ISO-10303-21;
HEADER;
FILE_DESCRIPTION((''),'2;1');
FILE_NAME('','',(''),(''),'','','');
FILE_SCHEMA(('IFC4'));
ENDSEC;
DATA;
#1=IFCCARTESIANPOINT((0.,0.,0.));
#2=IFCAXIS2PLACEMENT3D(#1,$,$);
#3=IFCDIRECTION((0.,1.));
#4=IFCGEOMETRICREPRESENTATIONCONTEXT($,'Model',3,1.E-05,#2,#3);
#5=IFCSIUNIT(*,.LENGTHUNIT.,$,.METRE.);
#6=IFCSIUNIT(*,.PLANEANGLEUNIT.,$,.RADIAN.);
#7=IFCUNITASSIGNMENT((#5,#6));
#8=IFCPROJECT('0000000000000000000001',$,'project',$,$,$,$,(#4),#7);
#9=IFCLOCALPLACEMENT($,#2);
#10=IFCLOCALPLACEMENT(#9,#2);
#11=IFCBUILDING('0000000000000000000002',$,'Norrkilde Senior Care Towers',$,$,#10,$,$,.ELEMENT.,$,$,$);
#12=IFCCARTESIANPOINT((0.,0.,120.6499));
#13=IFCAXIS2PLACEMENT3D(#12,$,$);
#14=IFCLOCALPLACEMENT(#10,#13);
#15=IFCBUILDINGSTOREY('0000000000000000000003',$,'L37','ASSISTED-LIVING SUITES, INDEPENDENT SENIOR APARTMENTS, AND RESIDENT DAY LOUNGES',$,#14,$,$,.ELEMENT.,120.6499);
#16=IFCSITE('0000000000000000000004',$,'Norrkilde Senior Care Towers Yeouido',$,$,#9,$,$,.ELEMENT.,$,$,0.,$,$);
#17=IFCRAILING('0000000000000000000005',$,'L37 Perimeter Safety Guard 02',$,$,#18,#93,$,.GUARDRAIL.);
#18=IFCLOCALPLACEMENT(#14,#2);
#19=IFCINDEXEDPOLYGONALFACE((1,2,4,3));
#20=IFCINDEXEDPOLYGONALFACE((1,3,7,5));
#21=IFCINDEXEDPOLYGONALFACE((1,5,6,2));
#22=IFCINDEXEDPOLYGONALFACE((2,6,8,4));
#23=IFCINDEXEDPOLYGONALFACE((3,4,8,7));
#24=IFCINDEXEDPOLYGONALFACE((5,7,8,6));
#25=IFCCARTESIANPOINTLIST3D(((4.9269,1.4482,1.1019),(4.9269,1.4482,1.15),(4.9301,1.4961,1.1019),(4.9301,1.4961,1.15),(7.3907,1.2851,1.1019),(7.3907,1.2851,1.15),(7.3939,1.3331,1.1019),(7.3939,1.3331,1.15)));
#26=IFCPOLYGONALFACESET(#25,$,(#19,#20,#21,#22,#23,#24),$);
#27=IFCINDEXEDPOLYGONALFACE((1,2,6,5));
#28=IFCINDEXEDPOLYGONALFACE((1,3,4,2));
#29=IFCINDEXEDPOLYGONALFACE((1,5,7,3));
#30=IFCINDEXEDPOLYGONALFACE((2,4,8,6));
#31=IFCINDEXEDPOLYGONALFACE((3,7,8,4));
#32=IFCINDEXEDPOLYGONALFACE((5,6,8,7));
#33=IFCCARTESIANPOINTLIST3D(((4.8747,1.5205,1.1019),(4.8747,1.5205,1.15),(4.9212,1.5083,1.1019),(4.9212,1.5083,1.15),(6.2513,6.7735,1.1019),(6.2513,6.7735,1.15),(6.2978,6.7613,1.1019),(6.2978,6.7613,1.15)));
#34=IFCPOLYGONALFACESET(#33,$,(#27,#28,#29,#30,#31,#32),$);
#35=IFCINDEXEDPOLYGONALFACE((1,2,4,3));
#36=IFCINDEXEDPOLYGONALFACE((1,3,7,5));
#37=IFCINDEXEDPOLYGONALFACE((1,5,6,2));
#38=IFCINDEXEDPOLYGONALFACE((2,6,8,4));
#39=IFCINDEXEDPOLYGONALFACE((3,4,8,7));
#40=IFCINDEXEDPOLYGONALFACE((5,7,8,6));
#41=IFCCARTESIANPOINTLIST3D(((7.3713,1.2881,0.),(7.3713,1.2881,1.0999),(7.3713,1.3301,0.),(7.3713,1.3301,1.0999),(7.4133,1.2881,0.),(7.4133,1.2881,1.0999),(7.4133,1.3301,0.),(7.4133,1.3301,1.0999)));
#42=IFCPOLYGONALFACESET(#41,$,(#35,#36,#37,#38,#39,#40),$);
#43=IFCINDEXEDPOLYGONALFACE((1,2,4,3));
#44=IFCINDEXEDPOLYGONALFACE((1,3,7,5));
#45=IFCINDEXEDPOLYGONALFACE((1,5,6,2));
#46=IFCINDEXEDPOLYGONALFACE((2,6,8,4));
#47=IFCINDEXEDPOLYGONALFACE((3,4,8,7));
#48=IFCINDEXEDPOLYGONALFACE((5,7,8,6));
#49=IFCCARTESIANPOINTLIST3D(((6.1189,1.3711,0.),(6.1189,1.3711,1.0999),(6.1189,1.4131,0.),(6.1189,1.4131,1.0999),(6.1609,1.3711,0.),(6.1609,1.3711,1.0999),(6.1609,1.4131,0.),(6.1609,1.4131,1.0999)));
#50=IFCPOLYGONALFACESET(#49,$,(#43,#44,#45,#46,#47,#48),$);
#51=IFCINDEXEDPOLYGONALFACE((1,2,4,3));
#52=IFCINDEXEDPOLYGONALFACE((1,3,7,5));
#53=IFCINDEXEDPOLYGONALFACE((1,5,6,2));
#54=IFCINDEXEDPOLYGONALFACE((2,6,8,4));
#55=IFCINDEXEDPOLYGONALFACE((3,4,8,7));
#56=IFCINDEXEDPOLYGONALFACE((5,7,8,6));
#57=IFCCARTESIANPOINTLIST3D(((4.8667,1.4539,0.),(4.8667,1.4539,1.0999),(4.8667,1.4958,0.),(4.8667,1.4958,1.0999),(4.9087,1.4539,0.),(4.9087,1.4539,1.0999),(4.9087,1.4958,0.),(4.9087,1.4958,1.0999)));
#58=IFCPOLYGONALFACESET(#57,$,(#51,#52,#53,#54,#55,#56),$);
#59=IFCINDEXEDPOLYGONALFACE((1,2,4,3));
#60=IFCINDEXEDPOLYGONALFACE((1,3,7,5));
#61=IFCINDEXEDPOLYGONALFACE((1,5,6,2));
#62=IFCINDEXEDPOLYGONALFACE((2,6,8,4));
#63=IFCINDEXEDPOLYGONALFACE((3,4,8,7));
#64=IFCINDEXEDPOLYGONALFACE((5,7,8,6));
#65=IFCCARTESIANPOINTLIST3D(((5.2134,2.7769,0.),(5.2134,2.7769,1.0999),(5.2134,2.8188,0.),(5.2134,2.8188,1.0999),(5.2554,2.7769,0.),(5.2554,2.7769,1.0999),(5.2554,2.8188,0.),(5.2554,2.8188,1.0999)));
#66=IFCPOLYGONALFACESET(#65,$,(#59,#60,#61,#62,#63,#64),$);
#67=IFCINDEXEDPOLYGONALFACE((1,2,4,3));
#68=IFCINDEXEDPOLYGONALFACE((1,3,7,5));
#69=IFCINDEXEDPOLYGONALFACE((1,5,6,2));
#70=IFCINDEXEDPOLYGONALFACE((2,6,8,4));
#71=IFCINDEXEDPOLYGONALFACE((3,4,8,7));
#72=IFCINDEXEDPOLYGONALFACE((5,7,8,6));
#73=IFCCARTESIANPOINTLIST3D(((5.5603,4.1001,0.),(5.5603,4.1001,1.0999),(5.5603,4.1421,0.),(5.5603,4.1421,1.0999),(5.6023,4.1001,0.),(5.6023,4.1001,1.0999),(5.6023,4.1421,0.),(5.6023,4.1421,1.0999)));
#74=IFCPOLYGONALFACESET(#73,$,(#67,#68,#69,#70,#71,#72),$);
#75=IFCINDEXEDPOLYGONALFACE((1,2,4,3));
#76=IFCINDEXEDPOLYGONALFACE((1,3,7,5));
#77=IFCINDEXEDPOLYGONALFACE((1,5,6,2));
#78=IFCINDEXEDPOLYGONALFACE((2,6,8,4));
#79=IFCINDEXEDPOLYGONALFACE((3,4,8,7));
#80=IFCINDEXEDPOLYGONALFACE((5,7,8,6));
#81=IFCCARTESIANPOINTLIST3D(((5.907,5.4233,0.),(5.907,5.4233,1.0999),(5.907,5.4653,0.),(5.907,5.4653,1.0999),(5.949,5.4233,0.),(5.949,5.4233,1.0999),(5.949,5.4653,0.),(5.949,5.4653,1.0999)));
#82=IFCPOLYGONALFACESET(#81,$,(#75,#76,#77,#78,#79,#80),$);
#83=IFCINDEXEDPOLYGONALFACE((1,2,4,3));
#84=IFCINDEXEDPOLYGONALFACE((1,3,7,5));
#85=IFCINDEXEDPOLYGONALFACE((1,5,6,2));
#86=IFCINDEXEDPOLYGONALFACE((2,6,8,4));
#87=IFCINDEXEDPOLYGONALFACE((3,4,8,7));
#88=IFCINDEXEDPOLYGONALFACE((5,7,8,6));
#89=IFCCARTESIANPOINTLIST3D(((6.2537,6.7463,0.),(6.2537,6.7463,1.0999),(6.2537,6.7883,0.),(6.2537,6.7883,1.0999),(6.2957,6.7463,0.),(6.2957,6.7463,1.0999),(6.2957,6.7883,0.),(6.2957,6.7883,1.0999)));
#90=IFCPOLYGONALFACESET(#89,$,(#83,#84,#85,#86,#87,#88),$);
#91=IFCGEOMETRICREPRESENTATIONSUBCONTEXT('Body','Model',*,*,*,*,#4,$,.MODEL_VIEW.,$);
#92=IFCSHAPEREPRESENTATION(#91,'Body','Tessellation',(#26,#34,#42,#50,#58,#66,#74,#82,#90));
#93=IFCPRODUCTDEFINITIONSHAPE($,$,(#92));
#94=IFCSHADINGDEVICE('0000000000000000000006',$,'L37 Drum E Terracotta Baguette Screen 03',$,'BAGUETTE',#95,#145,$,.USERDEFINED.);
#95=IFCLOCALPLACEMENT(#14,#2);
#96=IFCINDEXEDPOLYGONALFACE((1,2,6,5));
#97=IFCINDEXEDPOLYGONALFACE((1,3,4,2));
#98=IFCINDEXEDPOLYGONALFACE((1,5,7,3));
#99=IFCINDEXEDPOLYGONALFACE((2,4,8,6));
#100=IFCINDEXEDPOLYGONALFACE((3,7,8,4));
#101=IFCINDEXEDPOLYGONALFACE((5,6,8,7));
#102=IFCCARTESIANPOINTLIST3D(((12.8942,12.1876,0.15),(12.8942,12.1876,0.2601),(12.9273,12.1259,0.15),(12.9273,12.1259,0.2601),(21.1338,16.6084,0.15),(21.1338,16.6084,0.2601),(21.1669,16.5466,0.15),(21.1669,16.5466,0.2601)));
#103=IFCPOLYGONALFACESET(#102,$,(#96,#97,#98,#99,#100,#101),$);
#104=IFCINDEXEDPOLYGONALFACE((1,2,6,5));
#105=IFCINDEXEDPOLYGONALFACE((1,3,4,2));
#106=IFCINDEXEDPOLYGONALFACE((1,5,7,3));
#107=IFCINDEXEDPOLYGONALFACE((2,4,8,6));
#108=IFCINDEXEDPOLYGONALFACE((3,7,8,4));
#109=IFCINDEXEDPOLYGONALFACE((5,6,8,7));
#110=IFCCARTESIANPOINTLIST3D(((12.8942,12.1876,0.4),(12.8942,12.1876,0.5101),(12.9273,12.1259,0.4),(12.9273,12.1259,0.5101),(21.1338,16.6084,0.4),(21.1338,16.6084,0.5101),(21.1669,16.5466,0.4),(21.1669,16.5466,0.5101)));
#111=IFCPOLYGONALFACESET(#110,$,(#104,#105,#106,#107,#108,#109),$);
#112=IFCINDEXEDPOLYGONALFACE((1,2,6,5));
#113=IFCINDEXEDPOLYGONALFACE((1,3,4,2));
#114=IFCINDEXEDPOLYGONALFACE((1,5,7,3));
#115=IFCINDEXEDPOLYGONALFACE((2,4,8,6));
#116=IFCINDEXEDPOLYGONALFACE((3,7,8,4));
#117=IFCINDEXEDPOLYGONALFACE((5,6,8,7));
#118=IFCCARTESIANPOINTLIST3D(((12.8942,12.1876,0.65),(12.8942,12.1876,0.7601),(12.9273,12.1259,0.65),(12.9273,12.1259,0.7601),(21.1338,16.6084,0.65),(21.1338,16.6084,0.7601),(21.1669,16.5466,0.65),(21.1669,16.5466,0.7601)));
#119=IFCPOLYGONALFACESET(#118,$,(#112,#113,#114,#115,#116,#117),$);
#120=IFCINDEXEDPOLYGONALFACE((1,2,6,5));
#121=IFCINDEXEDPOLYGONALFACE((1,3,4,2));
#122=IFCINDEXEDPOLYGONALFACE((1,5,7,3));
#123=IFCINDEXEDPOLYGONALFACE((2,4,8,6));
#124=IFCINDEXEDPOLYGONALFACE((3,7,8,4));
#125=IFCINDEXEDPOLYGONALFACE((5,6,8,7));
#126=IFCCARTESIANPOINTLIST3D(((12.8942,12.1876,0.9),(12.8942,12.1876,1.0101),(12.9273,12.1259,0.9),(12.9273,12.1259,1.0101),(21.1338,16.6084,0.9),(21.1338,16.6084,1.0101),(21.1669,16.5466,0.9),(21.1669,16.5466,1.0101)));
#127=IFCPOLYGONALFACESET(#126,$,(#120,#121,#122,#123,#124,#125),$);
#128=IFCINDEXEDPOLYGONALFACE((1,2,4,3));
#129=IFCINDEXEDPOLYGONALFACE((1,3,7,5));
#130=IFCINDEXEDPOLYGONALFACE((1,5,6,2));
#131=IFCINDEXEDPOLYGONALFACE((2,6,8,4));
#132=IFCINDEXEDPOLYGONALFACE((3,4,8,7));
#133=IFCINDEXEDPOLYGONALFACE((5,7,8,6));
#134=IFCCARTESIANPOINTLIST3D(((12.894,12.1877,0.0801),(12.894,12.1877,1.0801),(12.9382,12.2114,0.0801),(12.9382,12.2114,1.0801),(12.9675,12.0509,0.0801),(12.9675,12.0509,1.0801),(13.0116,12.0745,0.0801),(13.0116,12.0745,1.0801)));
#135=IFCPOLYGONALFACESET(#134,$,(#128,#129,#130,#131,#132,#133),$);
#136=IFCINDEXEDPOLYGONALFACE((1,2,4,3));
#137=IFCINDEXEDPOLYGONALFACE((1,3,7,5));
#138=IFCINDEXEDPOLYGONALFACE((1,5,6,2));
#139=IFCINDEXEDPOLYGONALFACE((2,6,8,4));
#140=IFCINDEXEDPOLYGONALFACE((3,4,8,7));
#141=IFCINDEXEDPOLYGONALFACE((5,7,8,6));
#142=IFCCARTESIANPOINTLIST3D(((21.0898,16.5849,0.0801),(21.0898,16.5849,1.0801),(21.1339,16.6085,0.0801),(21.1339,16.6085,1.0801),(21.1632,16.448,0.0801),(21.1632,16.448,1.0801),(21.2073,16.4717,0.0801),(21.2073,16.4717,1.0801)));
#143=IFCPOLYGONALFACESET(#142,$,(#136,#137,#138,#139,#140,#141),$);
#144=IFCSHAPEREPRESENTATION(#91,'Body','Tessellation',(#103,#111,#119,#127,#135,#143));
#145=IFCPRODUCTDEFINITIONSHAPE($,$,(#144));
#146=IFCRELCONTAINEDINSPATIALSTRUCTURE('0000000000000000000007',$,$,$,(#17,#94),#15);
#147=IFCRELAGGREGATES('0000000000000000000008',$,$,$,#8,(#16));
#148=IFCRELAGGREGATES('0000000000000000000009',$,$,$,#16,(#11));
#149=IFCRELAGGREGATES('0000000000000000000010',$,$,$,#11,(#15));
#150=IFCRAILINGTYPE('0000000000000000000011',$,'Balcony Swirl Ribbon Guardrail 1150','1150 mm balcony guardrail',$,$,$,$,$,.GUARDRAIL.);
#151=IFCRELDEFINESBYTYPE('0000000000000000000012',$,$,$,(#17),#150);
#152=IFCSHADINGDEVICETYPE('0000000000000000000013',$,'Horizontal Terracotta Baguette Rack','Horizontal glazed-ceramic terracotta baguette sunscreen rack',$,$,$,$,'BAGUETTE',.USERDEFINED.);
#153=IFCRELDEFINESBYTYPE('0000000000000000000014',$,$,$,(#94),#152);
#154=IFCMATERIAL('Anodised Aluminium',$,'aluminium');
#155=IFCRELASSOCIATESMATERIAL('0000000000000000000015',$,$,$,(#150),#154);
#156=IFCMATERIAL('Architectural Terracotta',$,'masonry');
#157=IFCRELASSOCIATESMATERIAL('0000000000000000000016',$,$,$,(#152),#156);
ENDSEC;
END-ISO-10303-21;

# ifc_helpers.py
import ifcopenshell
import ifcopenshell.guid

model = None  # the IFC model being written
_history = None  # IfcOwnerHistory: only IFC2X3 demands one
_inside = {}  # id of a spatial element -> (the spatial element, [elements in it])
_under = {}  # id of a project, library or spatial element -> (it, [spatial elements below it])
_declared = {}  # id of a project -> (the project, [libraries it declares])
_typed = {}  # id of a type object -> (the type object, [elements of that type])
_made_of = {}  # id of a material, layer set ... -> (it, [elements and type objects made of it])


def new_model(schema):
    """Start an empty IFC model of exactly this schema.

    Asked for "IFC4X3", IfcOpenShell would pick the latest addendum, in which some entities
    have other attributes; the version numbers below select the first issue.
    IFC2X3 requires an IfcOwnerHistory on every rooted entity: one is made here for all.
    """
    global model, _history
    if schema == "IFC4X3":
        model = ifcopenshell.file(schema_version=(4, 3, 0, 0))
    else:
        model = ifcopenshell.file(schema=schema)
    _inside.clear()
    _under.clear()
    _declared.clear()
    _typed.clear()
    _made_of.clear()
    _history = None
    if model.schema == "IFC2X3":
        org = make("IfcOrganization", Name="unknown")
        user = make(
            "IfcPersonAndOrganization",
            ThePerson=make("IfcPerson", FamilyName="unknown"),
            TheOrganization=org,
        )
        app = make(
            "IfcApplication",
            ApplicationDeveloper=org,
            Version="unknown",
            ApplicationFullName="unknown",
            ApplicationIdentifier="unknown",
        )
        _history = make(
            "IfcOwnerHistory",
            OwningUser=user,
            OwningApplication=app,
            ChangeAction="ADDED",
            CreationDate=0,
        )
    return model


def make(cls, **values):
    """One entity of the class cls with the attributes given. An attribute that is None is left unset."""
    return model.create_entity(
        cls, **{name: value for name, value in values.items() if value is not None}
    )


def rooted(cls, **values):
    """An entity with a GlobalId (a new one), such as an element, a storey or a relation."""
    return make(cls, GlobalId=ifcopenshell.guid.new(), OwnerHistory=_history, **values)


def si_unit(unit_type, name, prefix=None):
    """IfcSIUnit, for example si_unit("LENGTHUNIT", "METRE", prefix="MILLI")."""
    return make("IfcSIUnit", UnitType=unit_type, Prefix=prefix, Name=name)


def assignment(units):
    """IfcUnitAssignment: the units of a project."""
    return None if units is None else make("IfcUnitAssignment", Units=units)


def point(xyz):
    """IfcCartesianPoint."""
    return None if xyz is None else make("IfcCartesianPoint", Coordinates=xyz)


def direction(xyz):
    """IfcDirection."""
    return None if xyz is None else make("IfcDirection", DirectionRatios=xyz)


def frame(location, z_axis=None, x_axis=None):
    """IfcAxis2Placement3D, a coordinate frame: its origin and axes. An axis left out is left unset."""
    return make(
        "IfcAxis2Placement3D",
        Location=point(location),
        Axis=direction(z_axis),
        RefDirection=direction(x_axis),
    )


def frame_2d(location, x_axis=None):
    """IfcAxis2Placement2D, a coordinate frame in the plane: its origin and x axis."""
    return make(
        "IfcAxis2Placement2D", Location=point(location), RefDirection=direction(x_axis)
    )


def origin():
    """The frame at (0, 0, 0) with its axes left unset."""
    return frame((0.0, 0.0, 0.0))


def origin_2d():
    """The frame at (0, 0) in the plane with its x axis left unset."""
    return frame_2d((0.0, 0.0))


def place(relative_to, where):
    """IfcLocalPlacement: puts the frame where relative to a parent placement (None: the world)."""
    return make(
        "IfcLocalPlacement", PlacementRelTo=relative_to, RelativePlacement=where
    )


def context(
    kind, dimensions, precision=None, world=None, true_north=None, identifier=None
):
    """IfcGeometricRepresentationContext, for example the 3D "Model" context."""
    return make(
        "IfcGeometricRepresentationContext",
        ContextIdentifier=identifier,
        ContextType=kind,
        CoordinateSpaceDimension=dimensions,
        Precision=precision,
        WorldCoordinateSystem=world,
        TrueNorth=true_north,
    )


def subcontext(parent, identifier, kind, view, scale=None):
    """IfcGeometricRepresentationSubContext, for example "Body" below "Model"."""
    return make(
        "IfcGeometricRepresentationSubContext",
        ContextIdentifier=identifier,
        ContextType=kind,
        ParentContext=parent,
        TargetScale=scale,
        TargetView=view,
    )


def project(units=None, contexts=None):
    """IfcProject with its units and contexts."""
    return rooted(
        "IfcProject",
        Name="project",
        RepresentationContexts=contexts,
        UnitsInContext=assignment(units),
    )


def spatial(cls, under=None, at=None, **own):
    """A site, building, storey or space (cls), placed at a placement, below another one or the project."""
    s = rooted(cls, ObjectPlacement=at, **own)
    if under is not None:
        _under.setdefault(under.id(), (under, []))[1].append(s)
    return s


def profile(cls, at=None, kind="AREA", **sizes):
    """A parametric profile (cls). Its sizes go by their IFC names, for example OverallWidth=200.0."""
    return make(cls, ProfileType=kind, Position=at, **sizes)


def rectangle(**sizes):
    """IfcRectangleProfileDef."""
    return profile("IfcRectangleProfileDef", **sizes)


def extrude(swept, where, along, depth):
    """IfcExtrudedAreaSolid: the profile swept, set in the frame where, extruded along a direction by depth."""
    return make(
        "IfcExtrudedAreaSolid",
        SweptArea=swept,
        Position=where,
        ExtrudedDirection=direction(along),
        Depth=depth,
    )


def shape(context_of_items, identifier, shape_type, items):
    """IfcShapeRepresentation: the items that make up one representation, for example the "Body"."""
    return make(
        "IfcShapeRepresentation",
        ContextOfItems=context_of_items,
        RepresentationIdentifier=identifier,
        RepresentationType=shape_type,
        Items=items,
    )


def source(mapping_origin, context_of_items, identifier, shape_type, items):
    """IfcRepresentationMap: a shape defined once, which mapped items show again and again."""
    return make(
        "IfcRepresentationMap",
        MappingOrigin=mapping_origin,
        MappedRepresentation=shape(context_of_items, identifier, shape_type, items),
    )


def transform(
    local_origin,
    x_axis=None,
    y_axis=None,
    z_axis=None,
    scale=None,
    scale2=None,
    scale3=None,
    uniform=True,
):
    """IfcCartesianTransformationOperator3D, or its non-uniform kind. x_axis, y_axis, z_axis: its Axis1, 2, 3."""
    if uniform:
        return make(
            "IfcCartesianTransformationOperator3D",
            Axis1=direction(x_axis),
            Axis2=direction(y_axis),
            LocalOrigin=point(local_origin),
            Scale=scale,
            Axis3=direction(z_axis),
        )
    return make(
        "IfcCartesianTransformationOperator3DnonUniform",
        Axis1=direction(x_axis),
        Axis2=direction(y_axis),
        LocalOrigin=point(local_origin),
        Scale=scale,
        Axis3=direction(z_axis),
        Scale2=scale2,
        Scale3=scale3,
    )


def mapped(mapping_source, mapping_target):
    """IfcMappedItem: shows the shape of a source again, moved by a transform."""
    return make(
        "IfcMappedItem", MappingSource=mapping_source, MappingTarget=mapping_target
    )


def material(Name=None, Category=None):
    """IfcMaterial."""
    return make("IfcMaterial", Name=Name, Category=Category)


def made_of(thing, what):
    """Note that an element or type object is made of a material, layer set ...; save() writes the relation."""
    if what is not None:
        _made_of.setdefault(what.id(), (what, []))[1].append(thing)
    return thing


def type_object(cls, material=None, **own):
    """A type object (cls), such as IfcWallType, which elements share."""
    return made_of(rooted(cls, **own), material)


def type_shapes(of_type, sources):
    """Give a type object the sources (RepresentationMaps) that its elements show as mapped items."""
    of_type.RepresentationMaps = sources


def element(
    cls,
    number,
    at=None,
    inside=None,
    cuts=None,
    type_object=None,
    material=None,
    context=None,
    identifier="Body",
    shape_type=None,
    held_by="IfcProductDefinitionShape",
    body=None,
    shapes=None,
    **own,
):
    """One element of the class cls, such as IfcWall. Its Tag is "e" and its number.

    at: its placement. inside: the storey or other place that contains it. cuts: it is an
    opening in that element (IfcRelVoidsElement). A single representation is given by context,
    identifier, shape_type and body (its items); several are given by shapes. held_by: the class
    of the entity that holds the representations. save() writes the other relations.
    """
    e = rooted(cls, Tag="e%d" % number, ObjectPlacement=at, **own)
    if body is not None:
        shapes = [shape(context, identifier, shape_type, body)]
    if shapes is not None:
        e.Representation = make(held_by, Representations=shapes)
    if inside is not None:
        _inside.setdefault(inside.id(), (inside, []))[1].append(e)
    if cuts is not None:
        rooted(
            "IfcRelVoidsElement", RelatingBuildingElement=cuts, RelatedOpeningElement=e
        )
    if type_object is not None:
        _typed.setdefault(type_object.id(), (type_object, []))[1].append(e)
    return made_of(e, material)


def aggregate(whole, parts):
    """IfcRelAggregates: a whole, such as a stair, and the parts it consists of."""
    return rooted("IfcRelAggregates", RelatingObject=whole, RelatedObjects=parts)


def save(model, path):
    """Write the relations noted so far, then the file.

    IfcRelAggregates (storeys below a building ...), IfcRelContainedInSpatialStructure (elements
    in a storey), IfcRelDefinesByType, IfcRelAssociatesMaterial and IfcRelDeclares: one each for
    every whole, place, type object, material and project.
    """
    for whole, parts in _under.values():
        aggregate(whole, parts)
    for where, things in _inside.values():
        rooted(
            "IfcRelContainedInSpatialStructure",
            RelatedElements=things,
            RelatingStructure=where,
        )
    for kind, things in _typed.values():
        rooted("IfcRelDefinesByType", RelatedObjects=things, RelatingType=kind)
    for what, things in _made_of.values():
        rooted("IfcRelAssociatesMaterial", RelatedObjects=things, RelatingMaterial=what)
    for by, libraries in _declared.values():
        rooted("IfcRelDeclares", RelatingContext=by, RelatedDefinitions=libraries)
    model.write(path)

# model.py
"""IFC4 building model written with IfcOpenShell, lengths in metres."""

from ifc_helpers import new_model, si_unit, direction, frame, origin, origin_2d, place, context, subcontext, project, spatial, rectangle, extrude, source, transform, mapped, material, type_object, type_shapes, element, save


model = new_model("IFC4")

# Units and contexts
model_context = context("Model", 3, precision=1e-05, world=origin(), true_north=direction((0.0, 1.0)))
body_context = subcontext(model_context, "Body", "Model", "MODEL_VIEW")
ifc_project = project(units=[si_unit("LENGTHUNIT", "METRE"), si_unit("PLANEANGLEUNIT", "RADIAN")], contexts=[model_context])

# Site, building, storey
site_placement = place(None, origin())
site = spatial("IfcSite", under=ifc_project, at=site_placement, Name="Norrkilde Senior Care Towers Yeouido", CompositionType="ELEMENT", RefElevation=0.0)
building_placement = place(site_placement, origin())
building = spatial("IfcBuilding", under=site, at=building_placement, Name="Norrkilde Senior Care Towers", CompositionType="ELEMENT")
storey_placement = place(building_placement, frame((0.0, 0.0, 120.6499)))
storey = spatial("IfcBuildingStorey", under=building, at=storey_placement, Name="L37", Description="ASSISTED-LIVING SUITES, INDEPENDENT SENIOR APARTMENTS, AND RESIDENT DAY LOUNGES", CompositionType="ELEMENT", Elevation=120.6499)

# Shared definitions
ifc_material_1 = material(Name="Anodised Aluminium", Category="aluminium")

# Railing
railing_type = type_object("IfcRailingType", Name="Balcony Swirl Ribbon Guardrail 1150", Description="1150 mm balcony guardrail", PredefinedType="GUARDRAIL", material=ifc_material_1)
railing_1_placement = place(storey_placement, frame((7.3923, 1.3091, 0.0)))
element("IfcRailing", 1, at=railing_1_placement, inside=storey, type_object=railing_type, Name="L37 Perimeter Safety Guard 02", PredefinedType="GUARDRAIL", context=body_context, shape_type="SweptSolid", body=[
    extrude(rectangle(XDim=0.0481, YDim=0.0481, at=origin_2d()), frame((0.0, 0.0, 1.126), z_axis=(-0.997817, 0.066041, 0.0), x_axis=(-0.066041, -0.997817, 0.0)), (0.0, 0.0, 1.0), 2.4692),
    extrude(rectangle(XDim=0.0481, YDim=0.0481, at=origin_2d()), frame((-2.4944, 0.2053, 1.126), z_axis=(0.253503, 0.967335, 0.0), x_axis=(-0.967335, 0.253503, 0.0)), (0.0, 0.0, 1.0), 5.4304),
    extrude(rectangle(XDim=0.042, YDim=0.042, at=origin_2d()), origin(), (0.0, 0.0, 1.0), 1.0999),
    extrude(rectangle(XDim=0.042, YDim=0.042, at=origin_2d()), frame((-1.2524, 0.083, 0.0)), (0.0, 0.0, 1.0), 1.0999),
    extrude(rectangle(XDim=0.042, YDim=0.042, at=origin_2d()), frame((-2.5046, 0.1658, 0.0)), (0.0, 0.0, 1.0), 1.0999),
    extrude(rectangle(XDim=0.042, YDim=0.042, at=origin_2d()), frame((-2.158, 1.4888, 0.0)), (0.0, 0.0, 1.0), 1.0999),
    extrude(rectangle(XDim=0.042, YDim=0.042, at=origin_2d()), frame((-1.811, 2.812, 0.0)), (0.0, 0.0, 1.0), 1.0999),
    extrude(rectangle(XDim=0.042, YDim=0.042, at=origin_2d()), frame((-1.4644, 4.1353, 0.0)), (0.0, 0.0, 1.0), 1.0999),
    extrude(rectangle(XDim=0.042, YDim=0.042, at=origin_2d()), frame((-1.1177, 5.4583, 0.0)), (0.0, 0.0, 1.0), 1.0999),
])

# Shading device
ifc_material_2 = material(Name="Architectural Terracotta", Category="masonry")
shading_device_type = type_object("IfcShadingDeviceType", Name="Horizontal Terracotta Baguette Rack", Description="Horizontal glazed-ceramic terracotta baguette sunscreen rack", ElementType="BAGUETTE", PredefinedType="USERDEFINED", material=ifc_material_2)
shared_shape_1 = source(origin(), body_context, "Body", "SweptSolid", [
    extrude(rectangle(XDim=0.0701, YDim=0.1101, at=origin_2d()), frame((0.0, 0.0901, 0.125), z_axis=(1.0, 0.0, 0.0), x_axis=(0.0, 1.0, 0.0)), (0.0, 0.0, 1.0), 9.3506),
    extrude(rectangle(XDim=0.0701, YDim=0.1101, at=origin_2d()), frame((0.0, 0.0901, 0.375), z_axis=(1.0, 0.0, 0.0), x_axis=(0.0, 1.0, 0.0)), (0.0, 0.0, 1.0), 9.3506),
    extrude(rectangle(XDim=0.0701, YDim=0.1101, at=origin_2d()), frame((0.0, 0.0901, 0.625), z_axis=(1.0, 0.0, 0.0), x_axis=(0.0, 1.0, 0.0)), (0.0, 0.0, 1.0), 9.3506),
    extrude(rectangle(XDim=0.0701, YDim=0.1101, at=origin_2d()), frame((0.0, 0.0901, 0.875), z_axis=(1.0, 0.0, 0.0), x_axis=(0.0, 1.0, 0.0)), (0.0, 0.0, 1.0), 9.3506),
    extrude(rectangle(XDim=0.05, YDim=0.1553, at=origin_2d()), frame((0.0249, 0.0476, 0.0)), (0.0, 0.0, 1.0), 1.0),
    extrude(rectangle(XDim=0.05, YDim=0.1553, at=origin_2d()), frame((9.3257, 0.0476, 0.0)), (0.0, 0.0, 1.0), 1.0),
])
type_shapes(shading_device_type, [shared_shape_1])
shading_device_placement = place(storey_placement, frame((12.9534, 12.0774, 0.0801), z_axis=(0.0, 0.0, 1.0), x_axis=(0.881175, 0.472768, 0.0)))
element("IfcShadingDevice", 2, at=shading_device_placement, inside=storey, type_object=shading_device_type, Name="L37 Drum E Terracotta Baguette Screen 03", ObjectType="BAGUETTE", PredefinedType="USERDEFINED", context=body_context, shape_type="MappedRepresentation", body=[
    mapped(shared_shape_1, transform((0.0, 0.0, 0.0), x_axis=(1.0, 0.0, 0.0), y_axis=(0.0, 1.0, 0.0), z_axis=(0.0, 0.0, 1.0), scale=1.0)),
])

save(model, "model.ifc")
